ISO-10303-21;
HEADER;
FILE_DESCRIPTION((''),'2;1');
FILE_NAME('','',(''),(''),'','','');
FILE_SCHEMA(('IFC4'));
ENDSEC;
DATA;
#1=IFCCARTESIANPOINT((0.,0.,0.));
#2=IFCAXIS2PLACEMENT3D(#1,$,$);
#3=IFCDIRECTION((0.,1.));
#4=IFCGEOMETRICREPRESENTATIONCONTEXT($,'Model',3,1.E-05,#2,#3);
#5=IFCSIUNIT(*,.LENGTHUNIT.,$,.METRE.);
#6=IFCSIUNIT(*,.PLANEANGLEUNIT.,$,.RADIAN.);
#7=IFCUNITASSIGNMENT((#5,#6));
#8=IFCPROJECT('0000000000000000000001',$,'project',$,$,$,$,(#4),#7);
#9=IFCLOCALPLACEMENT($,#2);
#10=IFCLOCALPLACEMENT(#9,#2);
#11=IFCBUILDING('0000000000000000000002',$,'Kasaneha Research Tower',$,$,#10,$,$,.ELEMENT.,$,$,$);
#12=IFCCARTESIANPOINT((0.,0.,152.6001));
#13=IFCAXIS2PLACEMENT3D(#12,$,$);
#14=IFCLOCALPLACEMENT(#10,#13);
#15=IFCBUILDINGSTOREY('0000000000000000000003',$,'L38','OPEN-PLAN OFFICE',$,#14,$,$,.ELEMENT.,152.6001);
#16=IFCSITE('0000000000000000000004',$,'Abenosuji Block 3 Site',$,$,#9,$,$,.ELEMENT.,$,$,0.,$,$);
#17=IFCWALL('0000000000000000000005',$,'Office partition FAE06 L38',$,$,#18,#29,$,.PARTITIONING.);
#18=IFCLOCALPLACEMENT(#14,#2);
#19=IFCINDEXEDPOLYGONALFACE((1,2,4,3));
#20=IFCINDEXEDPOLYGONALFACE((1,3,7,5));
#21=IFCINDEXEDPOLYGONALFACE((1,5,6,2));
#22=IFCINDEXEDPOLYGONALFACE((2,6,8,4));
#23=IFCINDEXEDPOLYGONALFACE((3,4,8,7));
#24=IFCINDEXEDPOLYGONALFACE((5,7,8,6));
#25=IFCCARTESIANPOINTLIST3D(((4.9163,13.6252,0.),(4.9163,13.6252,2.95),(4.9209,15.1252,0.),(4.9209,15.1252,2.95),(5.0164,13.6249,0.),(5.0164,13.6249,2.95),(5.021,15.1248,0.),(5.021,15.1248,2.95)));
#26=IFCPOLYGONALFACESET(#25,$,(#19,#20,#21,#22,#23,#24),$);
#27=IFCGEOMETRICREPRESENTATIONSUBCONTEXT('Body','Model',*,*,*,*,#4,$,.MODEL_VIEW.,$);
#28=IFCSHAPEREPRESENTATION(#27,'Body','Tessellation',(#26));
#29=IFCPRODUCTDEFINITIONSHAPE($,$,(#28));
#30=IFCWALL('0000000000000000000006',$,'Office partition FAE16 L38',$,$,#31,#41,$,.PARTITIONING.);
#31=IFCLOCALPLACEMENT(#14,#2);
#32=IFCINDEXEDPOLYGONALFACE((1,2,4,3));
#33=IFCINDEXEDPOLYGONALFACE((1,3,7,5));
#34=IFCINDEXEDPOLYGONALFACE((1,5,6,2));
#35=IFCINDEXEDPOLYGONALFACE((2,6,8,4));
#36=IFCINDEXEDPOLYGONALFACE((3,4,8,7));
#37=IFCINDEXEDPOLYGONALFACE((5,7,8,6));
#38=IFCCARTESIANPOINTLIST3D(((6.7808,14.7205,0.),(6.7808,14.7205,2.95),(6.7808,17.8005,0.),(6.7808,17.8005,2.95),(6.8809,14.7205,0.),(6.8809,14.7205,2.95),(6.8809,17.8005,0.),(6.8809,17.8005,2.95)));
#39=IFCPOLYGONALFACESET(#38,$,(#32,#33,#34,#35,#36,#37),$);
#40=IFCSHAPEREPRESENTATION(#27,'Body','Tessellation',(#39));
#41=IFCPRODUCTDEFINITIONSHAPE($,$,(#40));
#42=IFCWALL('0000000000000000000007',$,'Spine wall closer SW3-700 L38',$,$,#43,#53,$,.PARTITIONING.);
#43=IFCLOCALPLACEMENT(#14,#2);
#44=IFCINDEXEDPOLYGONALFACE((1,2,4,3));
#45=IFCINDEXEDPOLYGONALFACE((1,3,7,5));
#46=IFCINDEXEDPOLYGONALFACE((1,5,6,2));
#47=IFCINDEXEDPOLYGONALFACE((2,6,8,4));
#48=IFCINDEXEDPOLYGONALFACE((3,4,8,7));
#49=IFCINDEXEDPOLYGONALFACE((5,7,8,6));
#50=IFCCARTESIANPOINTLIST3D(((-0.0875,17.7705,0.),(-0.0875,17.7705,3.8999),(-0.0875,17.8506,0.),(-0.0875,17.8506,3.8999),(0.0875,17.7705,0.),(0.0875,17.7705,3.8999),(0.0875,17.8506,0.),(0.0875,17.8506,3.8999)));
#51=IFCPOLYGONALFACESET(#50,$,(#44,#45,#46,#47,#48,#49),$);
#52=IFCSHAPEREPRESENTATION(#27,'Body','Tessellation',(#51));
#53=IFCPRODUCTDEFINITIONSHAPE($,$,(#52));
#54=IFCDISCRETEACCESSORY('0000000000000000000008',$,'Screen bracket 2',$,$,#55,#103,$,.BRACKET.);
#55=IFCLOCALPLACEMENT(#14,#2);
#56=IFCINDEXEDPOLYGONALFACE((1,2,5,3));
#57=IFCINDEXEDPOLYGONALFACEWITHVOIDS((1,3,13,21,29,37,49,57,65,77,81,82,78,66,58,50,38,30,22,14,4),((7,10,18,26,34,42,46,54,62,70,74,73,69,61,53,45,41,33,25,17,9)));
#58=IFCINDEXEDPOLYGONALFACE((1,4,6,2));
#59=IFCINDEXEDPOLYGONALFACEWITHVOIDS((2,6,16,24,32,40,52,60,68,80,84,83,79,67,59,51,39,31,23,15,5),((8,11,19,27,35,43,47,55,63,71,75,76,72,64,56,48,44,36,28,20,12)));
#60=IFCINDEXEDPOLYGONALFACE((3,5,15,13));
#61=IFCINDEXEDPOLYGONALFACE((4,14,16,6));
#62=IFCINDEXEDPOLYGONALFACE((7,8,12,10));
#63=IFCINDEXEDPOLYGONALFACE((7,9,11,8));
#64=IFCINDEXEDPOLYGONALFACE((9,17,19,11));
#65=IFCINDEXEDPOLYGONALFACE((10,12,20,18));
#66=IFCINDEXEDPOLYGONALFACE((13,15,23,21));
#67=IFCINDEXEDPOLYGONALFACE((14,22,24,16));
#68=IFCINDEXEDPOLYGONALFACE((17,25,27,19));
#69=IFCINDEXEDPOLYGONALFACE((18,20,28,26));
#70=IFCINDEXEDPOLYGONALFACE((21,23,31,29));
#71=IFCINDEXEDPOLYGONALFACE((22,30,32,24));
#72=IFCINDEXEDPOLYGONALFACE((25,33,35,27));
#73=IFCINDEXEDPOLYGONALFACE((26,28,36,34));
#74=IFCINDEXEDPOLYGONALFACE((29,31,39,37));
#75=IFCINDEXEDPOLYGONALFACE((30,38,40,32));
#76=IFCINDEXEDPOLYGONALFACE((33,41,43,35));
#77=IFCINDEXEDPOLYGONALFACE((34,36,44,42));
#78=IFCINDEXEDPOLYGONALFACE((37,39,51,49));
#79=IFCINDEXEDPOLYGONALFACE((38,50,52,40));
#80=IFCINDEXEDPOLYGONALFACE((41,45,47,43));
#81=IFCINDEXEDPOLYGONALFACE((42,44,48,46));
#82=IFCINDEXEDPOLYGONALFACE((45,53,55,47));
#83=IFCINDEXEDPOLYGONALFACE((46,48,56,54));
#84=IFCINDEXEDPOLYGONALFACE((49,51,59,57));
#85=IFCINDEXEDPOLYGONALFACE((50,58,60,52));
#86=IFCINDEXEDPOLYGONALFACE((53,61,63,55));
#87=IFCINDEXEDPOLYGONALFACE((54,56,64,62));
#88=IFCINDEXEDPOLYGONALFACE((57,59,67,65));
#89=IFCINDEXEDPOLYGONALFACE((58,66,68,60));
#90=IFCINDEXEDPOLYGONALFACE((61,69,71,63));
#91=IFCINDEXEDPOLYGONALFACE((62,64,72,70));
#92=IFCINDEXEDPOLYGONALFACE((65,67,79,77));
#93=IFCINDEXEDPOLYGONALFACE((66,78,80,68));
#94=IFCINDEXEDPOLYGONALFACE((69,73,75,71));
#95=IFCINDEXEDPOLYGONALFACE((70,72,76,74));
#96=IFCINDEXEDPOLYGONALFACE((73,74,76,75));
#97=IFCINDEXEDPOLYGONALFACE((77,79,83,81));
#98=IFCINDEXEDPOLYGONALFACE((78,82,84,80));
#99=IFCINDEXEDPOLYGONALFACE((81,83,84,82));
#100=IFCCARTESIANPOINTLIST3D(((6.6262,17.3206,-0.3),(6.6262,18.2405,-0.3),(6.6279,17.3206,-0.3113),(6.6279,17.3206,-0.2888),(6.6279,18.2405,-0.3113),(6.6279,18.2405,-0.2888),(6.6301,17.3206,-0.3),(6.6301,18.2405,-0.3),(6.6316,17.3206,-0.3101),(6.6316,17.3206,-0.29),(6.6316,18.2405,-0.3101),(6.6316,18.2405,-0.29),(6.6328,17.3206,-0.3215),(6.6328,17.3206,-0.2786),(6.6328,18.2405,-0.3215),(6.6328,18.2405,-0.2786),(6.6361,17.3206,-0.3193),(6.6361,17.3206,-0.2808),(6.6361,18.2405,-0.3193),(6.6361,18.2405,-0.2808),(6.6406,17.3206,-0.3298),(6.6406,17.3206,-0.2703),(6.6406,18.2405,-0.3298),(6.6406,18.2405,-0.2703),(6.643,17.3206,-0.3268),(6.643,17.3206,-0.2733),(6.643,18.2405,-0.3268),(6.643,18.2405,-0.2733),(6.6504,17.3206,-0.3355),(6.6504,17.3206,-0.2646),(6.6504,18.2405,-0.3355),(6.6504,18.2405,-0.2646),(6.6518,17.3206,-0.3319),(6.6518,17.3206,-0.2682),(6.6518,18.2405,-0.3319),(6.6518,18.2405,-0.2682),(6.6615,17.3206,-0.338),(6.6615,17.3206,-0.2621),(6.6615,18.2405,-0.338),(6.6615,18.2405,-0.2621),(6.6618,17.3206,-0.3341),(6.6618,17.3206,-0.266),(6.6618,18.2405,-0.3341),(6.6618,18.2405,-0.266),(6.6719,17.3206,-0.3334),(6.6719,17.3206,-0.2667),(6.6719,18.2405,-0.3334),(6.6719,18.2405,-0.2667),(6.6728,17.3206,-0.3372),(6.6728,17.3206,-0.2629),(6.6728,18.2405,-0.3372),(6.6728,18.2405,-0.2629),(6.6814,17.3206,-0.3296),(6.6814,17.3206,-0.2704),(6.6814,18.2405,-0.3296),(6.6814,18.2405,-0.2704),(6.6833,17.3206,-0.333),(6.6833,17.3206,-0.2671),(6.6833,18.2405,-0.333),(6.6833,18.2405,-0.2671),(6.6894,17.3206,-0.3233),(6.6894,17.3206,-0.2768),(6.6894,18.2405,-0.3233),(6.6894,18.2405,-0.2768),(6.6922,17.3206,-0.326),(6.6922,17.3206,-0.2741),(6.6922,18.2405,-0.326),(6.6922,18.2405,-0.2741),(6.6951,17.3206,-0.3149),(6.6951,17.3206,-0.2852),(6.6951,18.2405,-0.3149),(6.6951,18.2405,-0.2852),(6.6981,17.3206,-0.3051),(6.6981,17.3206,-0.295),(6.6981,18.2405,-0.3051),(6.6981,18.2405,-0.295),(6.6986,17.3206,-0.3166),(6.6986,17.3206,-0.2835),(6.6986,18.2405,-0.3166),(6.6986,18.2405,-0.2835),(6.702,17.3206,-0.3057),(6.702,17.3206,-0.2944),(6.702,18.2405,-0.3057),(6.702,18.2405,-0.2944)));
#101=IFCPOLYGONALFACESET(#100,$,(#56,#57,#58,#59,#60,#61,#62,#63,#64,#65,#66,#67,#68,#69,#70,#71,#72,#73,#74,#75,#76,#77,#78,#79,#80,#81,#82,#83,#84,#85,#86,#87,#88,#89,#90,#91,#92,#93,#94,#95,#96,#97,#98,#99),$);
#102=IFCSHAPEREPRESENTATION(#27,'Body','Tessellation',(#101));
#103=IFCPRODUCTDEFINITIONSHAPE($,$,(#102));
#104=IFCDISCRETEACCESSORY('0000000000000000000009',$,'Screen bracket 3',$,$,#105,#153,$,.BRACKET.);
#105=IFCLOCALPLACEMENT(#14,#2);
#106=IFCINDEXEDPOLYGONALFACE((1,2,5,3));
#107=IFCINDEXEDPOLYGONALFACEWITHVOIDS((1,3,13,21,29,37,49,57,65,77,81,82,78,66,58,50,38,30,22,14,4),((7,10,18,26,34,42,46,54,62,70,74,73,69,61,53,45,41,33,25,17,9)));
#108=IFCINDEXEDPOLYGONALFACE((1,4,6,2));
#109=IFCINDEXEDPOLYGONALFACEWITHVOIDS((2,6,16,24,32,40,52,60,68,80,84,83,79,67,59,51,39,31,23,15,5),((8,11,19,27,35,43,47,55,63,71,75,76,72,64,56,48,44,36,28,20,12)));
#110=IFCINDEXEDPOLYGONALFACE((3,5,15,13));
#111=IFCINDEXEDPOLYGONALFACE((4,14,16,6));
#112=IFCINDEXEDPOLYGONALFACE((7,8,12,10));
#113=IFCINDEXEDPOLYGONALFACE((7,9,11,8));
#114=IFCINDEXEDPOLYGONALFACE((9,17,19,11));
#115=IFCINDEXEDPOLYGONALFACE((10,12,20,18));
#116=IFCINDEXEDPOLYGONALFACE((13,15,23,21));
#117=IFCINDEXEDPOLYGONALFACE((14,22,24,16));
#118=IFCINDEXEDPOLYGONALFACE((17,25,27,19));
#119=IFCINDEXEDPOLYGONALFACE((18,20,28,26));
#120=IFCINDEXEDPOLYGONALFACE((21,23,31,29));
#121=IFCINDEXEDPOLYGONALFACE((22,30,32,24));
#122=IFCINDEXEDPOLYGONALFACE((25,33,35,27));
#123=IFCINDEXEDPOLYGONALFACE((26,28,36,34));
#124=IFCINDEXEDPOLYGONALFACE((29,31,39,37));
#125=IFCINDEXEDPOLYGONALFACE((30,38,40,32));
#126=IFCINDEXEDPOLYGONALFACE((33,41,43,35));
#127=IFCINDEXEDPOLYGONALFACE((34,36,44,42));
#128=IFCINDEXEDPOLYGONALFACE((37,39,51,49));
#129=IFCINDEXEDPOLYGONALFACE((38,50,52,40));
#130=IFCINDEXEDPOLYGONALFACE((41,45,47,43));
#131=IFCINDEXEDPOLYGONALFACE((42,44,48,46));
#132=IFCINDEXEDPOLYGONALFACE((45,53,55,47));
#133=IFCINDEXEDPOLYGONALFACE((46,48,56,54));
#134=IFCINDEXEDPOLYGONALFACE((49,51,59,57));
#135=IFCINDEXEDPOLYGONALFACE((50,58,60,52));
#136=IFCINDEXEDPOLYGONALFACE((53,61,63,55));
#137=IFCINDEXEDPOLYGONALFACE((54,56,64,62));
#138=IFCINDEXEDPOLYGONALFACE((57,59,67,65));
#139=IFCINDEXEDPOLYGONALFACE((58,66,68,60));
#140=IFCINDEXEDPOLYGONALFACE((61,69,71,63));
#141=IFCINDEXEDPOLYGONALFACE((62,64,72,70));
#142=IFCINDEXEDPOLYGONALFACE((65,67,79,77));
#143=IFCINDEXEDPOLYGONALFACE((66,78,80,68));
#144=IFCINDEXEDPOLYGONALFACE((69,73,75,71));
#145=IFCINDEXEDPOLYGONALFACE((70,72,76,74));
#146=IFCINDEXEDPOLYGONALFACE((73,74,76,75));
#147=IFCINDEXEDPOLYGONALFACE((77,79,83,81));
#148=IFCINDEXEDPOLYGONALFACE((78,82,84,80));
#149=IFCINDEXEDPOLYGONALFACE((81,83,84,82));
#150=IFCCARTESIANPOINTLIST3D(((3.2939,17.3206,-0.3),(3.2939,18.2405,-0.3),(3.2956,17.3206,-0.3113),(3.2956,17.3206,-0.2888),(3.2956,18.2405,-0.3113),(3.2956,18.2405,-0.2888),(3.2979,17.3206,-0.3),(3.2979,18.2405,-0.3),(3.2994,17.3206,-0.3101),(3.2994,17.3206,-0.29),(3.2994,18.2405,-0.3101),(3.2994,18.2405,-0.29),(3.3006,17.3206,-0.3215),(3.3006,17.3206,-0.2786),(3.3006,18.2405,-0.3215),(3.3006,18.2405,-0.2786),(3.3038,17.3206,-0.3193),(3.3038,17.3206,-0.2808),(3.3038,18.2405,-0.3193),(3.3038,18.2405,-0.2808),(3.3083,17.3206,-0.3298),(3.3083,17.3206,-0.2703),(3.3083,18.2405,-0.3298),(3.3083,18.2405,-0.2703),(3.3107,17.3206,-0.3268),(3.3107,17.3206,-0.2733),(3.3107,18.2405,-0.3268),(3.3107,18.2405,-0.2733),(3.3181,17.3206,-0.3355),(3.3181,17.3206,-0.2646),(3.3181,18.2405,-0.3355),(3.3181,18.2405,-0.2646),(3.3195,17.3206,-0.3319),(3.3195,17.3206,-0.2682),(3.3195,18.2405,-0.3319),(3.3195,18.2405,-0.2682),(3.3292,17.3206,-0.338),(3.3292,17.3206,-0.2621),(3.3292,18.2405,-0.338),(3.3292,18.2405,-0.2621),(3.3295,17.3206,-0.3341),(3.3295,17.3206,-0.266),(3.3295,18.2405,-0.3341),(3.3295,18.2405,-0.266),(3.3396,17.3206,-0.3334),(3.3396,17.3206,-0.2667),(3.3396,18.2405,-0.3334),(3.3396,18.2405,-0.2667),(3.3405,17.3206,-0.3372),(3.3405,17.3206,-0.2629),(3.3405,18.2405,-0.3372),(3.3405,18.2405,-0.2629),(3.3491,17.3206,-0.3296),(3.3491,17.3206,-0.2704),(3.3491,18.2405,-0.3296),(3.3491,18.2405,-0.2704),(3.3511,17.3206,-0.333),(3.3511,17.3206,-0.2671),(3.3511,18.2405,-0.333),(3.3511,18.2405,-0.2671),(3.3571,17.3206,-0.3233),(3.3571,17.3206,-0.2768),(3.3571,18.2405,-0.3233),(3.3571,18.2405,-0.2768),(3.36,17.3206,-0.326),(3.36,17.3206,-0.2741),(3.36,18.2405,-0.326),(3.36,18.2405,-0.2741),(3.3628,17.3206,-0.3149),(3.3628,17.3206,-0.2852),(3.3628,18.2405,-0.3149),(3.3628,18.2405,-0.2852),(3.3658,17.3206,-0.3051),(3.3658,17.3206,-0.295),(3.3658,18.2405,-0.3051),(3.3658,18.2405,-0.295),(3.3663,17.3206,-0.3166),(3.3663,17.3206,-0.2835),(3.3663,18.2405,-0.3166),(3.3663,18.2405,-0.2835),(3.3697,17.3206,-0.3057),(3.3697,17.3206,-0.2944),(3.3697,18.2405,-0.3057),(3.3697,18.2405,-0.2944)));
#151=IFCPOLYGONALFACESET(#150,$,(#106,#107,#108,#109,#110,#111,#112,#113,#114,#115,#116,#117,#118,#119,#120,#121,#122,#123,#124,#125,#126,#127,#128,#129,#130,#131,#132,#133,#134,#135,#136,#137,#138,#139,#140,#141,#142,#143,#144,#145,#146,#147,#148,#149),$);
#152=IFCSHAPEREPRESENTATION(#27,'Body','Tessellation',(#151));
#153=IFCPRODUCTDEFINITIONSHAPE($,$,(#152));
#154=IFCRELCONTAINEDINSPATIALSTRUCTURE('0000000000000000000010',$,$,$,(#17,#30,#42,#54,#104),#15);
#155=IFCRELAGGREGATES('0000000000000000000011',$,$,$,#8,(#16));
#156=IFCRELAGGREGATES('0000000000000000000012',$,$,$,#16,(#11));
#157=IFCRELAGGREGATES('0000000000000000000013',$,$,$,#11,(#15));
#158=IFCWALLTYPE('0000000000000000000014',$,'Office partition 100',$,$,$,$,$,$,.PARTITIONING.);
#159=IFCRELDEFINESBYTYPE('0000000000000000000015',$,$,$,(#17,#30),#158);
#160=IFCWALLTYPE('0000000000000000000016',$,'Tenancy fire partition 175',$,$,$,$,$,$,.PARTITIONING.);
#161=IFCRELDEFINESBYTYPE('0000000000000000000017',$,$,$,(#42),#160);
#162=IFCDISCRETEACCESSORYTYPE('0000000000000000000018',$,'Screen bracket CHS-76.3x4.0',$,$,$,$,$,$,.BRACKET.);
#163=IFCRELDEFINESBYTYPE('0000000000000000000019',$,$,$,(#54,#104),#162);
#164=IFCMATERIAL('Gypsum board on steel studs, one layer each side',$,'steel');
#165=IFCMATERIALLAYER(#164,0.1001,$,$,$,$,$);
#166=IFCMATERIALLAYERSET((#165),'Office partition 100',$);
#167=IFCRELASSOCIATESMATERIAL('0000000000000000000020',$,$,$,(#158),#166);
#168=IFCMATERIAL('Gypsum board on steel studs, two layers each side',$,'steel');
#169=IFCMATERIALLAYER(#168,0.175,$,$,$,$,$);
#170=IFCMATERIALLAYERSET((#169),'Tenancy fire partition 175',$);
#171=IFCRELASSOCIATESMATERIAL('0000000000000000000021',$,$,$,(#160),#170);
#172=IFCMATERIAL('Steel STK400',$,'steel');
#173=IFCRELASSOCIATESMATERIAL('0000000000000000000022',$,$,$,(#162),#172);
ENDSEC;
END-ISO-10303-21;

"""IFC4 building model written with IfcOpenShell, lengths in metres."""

from ifc_helpers import new_model, si_unit, direction, frame, frame_2d, origin, origin_2d, place, context, subcontext, project, spatial, rectangle, hollow_circle, extrude, material, layer, layer_set, material_profile, profile_set, type_object, element, save


model = new_model("IFC4")

# Units and contexts
model_context = context("Model", 3, precision=1e-05, world=origin(), true_north=direction((0.0, 1.0)))
body_context = subcontext(model_context, "Body", "Model", "MODEL_VIEW")
ifc_project = project(units=[si_unit("LENGTHUNIT", "METRE"), si_unit("PLANEANGLEUNIT", "RADIAN")], contexts=[model_context])

# Site, building, storey
site_placement = place(None, origin())
site = spatial("IfcSite", under=ifc_project, at=site_placement, Name="Abenosuji Block 3 Site", CompositionType="ELEMENT", RefElevation=0.0)
building_placement = place(site_placement, origin())
building = spatial("IfcBuilding", under=site, at=building_placement, Name="Kasaneha Research Tower", CompositionType="ELEMENT")
storey_placement = place(building_placement, frame((0.0, 0.0, 152.6001)))
storey = spatial("IfcBuildingStorey", under=building, at=storey_placement, Name="L38", Description="OPEN-PLAN OFFICE", CompositionType="ELEMENT", Elevation=152.6001)

# Shared definitions
ifc_material_1 = material(Name="Gypsum board on steel studs, one layer each side", Category="steel")
ifc_layer_1 = layer(ifc_material_1, 0.1001)
ifc_layer_set_1 = layer_set([ifc_layer_1], Name="Office partition 100")
wall_type_1 = type_object("IfcWallType", Name="Office partition 100", PredefinedType="PARTITIONING", material=ifc_layer_set_1)

# Walls
for number, where, z_axis, x_axis, name in (
    (1, (4.9709, 15.125, 0.0), (0.0, 0.0, 1.0), (-0.003092, -0.999995, 0.0), "Office partition FAE06 L38"),
):
    element("IfcWall", number, at=place(storey_placement, frame(where, z_axis=z_axis, x_axis=x_axis)), inside=storey, type_object=wall_type_1, Name=name, PredefinedType="PARTITIONING", context=body_context, shape_type="SweptSolid", body=[
        extrude(rectangle(XDim=1.5, YDim=0.1001, at=frame_2d((0.75, 0.0))), origin(), (0.0, 0.0, 1.0), 2.95),
    ])
wall_1_placement = place(storey_placement, frame((6.8308, 14.7205, 0.0), z_axis=(0.0, 0.0, 1.0), x_axis=(0.0, 1.0, 0.0)))
element("IfcWall", 2, at=wall_1_placement, inside=storey, type_object=wall_type_1, Name="Office partition FAE16 L38", PredefinedType="PARTITIONING", context=body_context, shape_type="SweptSolid", body=[
    extrude(rectangle(XDim=3.0801, YDim=0.1001, at=frame_2d((1.54, 0.0))), origin(), (0.0, 0.0, 1.0), 2.95),
])
ifc_material_2 = material(Name="Gypsum board on steel studs, two layers each side", Category="steel")
ifc_layer_2 = layer(ifc_material_2, 0.175)
ifc_layer_set_2 = layer_set([ifc_layer_2], Name="Tenancy fire partition 175")
wall_type_2 = type_object("IfcWallType", Name="Tenancy fire partition 175", PredefinedType="PARTITIONING", material=ifc_layer_set_2)
wall_2_placement = place(storey_placement, frame((0.0, 17.7705, 0.0), z_axis=(0.0, 0.0, 1.0), x_axis=(0.0, 1.0, 0.0)))
element("IfcWall", 3, at=wall_2_placement, inside=storey, type_object=wall_type_2, Name="Spine wall closer SW3-700 L38", PredefinedType="PARTITIONING", context=body_context, shape_type="SweptSolid", body=[
    extrude(rectangle(XDim=0.0801, YDim=0.175, at=frame_2d((0.04, 0.0))), origin(), (0.0, 0.0, 1.0), 3.8999),
])

# Discrete accessories
ifc_material_3 = material(Name="Steel STK400", Category="steel")
ifc_material_profile_1 = material_profile(ifc_material_3, hollow_circle(Radius=0.0381, WallThickness=0.0039, at=origin_2d()), Name="CHS-76.3x4.0")
ifc_profile_set_1 = profile_set([ifc_material_profile_1], Name="Steel STK400")
discrete_accessory_type = type_object("IfcDiscreteAccessoryType", Name="Screen bracket CHS-76.3x4.0", PredefinedType="BRACKET", material=ifc_profile_set_1)
for number, where, z_axis, x_axis, name in (
    (4, (6.6643, 17.3206, -0.3), (0.0, 1.0, 0.0), (-1.0, 0.0, 0.0), "Screen bracket 2"),
    (5, (3.332, 17.3206, -0.3), (0.0, 1.0, 0.0), (-1.0, 0.0, 0.0), "Screen bracket 3"),
):
    element("IfcDiscreteAccessory", number, at=place(storey_placement, frame(where, z_axis=z_axis, x_axis=x_axis)), inside=storey, type_object=discrete_accessory_type, Name=name, PredefinedType="BRACKET", context=body_context, shape_type="SweptSolid", body=[
        extrude(hollow_circle(Radius=0.0381, WallThickness=0.0039, at=origin_2d()), origin(), (0.0, 0.0, 1.0), 0.9199),
    ])

save(model, "model.ifc")
